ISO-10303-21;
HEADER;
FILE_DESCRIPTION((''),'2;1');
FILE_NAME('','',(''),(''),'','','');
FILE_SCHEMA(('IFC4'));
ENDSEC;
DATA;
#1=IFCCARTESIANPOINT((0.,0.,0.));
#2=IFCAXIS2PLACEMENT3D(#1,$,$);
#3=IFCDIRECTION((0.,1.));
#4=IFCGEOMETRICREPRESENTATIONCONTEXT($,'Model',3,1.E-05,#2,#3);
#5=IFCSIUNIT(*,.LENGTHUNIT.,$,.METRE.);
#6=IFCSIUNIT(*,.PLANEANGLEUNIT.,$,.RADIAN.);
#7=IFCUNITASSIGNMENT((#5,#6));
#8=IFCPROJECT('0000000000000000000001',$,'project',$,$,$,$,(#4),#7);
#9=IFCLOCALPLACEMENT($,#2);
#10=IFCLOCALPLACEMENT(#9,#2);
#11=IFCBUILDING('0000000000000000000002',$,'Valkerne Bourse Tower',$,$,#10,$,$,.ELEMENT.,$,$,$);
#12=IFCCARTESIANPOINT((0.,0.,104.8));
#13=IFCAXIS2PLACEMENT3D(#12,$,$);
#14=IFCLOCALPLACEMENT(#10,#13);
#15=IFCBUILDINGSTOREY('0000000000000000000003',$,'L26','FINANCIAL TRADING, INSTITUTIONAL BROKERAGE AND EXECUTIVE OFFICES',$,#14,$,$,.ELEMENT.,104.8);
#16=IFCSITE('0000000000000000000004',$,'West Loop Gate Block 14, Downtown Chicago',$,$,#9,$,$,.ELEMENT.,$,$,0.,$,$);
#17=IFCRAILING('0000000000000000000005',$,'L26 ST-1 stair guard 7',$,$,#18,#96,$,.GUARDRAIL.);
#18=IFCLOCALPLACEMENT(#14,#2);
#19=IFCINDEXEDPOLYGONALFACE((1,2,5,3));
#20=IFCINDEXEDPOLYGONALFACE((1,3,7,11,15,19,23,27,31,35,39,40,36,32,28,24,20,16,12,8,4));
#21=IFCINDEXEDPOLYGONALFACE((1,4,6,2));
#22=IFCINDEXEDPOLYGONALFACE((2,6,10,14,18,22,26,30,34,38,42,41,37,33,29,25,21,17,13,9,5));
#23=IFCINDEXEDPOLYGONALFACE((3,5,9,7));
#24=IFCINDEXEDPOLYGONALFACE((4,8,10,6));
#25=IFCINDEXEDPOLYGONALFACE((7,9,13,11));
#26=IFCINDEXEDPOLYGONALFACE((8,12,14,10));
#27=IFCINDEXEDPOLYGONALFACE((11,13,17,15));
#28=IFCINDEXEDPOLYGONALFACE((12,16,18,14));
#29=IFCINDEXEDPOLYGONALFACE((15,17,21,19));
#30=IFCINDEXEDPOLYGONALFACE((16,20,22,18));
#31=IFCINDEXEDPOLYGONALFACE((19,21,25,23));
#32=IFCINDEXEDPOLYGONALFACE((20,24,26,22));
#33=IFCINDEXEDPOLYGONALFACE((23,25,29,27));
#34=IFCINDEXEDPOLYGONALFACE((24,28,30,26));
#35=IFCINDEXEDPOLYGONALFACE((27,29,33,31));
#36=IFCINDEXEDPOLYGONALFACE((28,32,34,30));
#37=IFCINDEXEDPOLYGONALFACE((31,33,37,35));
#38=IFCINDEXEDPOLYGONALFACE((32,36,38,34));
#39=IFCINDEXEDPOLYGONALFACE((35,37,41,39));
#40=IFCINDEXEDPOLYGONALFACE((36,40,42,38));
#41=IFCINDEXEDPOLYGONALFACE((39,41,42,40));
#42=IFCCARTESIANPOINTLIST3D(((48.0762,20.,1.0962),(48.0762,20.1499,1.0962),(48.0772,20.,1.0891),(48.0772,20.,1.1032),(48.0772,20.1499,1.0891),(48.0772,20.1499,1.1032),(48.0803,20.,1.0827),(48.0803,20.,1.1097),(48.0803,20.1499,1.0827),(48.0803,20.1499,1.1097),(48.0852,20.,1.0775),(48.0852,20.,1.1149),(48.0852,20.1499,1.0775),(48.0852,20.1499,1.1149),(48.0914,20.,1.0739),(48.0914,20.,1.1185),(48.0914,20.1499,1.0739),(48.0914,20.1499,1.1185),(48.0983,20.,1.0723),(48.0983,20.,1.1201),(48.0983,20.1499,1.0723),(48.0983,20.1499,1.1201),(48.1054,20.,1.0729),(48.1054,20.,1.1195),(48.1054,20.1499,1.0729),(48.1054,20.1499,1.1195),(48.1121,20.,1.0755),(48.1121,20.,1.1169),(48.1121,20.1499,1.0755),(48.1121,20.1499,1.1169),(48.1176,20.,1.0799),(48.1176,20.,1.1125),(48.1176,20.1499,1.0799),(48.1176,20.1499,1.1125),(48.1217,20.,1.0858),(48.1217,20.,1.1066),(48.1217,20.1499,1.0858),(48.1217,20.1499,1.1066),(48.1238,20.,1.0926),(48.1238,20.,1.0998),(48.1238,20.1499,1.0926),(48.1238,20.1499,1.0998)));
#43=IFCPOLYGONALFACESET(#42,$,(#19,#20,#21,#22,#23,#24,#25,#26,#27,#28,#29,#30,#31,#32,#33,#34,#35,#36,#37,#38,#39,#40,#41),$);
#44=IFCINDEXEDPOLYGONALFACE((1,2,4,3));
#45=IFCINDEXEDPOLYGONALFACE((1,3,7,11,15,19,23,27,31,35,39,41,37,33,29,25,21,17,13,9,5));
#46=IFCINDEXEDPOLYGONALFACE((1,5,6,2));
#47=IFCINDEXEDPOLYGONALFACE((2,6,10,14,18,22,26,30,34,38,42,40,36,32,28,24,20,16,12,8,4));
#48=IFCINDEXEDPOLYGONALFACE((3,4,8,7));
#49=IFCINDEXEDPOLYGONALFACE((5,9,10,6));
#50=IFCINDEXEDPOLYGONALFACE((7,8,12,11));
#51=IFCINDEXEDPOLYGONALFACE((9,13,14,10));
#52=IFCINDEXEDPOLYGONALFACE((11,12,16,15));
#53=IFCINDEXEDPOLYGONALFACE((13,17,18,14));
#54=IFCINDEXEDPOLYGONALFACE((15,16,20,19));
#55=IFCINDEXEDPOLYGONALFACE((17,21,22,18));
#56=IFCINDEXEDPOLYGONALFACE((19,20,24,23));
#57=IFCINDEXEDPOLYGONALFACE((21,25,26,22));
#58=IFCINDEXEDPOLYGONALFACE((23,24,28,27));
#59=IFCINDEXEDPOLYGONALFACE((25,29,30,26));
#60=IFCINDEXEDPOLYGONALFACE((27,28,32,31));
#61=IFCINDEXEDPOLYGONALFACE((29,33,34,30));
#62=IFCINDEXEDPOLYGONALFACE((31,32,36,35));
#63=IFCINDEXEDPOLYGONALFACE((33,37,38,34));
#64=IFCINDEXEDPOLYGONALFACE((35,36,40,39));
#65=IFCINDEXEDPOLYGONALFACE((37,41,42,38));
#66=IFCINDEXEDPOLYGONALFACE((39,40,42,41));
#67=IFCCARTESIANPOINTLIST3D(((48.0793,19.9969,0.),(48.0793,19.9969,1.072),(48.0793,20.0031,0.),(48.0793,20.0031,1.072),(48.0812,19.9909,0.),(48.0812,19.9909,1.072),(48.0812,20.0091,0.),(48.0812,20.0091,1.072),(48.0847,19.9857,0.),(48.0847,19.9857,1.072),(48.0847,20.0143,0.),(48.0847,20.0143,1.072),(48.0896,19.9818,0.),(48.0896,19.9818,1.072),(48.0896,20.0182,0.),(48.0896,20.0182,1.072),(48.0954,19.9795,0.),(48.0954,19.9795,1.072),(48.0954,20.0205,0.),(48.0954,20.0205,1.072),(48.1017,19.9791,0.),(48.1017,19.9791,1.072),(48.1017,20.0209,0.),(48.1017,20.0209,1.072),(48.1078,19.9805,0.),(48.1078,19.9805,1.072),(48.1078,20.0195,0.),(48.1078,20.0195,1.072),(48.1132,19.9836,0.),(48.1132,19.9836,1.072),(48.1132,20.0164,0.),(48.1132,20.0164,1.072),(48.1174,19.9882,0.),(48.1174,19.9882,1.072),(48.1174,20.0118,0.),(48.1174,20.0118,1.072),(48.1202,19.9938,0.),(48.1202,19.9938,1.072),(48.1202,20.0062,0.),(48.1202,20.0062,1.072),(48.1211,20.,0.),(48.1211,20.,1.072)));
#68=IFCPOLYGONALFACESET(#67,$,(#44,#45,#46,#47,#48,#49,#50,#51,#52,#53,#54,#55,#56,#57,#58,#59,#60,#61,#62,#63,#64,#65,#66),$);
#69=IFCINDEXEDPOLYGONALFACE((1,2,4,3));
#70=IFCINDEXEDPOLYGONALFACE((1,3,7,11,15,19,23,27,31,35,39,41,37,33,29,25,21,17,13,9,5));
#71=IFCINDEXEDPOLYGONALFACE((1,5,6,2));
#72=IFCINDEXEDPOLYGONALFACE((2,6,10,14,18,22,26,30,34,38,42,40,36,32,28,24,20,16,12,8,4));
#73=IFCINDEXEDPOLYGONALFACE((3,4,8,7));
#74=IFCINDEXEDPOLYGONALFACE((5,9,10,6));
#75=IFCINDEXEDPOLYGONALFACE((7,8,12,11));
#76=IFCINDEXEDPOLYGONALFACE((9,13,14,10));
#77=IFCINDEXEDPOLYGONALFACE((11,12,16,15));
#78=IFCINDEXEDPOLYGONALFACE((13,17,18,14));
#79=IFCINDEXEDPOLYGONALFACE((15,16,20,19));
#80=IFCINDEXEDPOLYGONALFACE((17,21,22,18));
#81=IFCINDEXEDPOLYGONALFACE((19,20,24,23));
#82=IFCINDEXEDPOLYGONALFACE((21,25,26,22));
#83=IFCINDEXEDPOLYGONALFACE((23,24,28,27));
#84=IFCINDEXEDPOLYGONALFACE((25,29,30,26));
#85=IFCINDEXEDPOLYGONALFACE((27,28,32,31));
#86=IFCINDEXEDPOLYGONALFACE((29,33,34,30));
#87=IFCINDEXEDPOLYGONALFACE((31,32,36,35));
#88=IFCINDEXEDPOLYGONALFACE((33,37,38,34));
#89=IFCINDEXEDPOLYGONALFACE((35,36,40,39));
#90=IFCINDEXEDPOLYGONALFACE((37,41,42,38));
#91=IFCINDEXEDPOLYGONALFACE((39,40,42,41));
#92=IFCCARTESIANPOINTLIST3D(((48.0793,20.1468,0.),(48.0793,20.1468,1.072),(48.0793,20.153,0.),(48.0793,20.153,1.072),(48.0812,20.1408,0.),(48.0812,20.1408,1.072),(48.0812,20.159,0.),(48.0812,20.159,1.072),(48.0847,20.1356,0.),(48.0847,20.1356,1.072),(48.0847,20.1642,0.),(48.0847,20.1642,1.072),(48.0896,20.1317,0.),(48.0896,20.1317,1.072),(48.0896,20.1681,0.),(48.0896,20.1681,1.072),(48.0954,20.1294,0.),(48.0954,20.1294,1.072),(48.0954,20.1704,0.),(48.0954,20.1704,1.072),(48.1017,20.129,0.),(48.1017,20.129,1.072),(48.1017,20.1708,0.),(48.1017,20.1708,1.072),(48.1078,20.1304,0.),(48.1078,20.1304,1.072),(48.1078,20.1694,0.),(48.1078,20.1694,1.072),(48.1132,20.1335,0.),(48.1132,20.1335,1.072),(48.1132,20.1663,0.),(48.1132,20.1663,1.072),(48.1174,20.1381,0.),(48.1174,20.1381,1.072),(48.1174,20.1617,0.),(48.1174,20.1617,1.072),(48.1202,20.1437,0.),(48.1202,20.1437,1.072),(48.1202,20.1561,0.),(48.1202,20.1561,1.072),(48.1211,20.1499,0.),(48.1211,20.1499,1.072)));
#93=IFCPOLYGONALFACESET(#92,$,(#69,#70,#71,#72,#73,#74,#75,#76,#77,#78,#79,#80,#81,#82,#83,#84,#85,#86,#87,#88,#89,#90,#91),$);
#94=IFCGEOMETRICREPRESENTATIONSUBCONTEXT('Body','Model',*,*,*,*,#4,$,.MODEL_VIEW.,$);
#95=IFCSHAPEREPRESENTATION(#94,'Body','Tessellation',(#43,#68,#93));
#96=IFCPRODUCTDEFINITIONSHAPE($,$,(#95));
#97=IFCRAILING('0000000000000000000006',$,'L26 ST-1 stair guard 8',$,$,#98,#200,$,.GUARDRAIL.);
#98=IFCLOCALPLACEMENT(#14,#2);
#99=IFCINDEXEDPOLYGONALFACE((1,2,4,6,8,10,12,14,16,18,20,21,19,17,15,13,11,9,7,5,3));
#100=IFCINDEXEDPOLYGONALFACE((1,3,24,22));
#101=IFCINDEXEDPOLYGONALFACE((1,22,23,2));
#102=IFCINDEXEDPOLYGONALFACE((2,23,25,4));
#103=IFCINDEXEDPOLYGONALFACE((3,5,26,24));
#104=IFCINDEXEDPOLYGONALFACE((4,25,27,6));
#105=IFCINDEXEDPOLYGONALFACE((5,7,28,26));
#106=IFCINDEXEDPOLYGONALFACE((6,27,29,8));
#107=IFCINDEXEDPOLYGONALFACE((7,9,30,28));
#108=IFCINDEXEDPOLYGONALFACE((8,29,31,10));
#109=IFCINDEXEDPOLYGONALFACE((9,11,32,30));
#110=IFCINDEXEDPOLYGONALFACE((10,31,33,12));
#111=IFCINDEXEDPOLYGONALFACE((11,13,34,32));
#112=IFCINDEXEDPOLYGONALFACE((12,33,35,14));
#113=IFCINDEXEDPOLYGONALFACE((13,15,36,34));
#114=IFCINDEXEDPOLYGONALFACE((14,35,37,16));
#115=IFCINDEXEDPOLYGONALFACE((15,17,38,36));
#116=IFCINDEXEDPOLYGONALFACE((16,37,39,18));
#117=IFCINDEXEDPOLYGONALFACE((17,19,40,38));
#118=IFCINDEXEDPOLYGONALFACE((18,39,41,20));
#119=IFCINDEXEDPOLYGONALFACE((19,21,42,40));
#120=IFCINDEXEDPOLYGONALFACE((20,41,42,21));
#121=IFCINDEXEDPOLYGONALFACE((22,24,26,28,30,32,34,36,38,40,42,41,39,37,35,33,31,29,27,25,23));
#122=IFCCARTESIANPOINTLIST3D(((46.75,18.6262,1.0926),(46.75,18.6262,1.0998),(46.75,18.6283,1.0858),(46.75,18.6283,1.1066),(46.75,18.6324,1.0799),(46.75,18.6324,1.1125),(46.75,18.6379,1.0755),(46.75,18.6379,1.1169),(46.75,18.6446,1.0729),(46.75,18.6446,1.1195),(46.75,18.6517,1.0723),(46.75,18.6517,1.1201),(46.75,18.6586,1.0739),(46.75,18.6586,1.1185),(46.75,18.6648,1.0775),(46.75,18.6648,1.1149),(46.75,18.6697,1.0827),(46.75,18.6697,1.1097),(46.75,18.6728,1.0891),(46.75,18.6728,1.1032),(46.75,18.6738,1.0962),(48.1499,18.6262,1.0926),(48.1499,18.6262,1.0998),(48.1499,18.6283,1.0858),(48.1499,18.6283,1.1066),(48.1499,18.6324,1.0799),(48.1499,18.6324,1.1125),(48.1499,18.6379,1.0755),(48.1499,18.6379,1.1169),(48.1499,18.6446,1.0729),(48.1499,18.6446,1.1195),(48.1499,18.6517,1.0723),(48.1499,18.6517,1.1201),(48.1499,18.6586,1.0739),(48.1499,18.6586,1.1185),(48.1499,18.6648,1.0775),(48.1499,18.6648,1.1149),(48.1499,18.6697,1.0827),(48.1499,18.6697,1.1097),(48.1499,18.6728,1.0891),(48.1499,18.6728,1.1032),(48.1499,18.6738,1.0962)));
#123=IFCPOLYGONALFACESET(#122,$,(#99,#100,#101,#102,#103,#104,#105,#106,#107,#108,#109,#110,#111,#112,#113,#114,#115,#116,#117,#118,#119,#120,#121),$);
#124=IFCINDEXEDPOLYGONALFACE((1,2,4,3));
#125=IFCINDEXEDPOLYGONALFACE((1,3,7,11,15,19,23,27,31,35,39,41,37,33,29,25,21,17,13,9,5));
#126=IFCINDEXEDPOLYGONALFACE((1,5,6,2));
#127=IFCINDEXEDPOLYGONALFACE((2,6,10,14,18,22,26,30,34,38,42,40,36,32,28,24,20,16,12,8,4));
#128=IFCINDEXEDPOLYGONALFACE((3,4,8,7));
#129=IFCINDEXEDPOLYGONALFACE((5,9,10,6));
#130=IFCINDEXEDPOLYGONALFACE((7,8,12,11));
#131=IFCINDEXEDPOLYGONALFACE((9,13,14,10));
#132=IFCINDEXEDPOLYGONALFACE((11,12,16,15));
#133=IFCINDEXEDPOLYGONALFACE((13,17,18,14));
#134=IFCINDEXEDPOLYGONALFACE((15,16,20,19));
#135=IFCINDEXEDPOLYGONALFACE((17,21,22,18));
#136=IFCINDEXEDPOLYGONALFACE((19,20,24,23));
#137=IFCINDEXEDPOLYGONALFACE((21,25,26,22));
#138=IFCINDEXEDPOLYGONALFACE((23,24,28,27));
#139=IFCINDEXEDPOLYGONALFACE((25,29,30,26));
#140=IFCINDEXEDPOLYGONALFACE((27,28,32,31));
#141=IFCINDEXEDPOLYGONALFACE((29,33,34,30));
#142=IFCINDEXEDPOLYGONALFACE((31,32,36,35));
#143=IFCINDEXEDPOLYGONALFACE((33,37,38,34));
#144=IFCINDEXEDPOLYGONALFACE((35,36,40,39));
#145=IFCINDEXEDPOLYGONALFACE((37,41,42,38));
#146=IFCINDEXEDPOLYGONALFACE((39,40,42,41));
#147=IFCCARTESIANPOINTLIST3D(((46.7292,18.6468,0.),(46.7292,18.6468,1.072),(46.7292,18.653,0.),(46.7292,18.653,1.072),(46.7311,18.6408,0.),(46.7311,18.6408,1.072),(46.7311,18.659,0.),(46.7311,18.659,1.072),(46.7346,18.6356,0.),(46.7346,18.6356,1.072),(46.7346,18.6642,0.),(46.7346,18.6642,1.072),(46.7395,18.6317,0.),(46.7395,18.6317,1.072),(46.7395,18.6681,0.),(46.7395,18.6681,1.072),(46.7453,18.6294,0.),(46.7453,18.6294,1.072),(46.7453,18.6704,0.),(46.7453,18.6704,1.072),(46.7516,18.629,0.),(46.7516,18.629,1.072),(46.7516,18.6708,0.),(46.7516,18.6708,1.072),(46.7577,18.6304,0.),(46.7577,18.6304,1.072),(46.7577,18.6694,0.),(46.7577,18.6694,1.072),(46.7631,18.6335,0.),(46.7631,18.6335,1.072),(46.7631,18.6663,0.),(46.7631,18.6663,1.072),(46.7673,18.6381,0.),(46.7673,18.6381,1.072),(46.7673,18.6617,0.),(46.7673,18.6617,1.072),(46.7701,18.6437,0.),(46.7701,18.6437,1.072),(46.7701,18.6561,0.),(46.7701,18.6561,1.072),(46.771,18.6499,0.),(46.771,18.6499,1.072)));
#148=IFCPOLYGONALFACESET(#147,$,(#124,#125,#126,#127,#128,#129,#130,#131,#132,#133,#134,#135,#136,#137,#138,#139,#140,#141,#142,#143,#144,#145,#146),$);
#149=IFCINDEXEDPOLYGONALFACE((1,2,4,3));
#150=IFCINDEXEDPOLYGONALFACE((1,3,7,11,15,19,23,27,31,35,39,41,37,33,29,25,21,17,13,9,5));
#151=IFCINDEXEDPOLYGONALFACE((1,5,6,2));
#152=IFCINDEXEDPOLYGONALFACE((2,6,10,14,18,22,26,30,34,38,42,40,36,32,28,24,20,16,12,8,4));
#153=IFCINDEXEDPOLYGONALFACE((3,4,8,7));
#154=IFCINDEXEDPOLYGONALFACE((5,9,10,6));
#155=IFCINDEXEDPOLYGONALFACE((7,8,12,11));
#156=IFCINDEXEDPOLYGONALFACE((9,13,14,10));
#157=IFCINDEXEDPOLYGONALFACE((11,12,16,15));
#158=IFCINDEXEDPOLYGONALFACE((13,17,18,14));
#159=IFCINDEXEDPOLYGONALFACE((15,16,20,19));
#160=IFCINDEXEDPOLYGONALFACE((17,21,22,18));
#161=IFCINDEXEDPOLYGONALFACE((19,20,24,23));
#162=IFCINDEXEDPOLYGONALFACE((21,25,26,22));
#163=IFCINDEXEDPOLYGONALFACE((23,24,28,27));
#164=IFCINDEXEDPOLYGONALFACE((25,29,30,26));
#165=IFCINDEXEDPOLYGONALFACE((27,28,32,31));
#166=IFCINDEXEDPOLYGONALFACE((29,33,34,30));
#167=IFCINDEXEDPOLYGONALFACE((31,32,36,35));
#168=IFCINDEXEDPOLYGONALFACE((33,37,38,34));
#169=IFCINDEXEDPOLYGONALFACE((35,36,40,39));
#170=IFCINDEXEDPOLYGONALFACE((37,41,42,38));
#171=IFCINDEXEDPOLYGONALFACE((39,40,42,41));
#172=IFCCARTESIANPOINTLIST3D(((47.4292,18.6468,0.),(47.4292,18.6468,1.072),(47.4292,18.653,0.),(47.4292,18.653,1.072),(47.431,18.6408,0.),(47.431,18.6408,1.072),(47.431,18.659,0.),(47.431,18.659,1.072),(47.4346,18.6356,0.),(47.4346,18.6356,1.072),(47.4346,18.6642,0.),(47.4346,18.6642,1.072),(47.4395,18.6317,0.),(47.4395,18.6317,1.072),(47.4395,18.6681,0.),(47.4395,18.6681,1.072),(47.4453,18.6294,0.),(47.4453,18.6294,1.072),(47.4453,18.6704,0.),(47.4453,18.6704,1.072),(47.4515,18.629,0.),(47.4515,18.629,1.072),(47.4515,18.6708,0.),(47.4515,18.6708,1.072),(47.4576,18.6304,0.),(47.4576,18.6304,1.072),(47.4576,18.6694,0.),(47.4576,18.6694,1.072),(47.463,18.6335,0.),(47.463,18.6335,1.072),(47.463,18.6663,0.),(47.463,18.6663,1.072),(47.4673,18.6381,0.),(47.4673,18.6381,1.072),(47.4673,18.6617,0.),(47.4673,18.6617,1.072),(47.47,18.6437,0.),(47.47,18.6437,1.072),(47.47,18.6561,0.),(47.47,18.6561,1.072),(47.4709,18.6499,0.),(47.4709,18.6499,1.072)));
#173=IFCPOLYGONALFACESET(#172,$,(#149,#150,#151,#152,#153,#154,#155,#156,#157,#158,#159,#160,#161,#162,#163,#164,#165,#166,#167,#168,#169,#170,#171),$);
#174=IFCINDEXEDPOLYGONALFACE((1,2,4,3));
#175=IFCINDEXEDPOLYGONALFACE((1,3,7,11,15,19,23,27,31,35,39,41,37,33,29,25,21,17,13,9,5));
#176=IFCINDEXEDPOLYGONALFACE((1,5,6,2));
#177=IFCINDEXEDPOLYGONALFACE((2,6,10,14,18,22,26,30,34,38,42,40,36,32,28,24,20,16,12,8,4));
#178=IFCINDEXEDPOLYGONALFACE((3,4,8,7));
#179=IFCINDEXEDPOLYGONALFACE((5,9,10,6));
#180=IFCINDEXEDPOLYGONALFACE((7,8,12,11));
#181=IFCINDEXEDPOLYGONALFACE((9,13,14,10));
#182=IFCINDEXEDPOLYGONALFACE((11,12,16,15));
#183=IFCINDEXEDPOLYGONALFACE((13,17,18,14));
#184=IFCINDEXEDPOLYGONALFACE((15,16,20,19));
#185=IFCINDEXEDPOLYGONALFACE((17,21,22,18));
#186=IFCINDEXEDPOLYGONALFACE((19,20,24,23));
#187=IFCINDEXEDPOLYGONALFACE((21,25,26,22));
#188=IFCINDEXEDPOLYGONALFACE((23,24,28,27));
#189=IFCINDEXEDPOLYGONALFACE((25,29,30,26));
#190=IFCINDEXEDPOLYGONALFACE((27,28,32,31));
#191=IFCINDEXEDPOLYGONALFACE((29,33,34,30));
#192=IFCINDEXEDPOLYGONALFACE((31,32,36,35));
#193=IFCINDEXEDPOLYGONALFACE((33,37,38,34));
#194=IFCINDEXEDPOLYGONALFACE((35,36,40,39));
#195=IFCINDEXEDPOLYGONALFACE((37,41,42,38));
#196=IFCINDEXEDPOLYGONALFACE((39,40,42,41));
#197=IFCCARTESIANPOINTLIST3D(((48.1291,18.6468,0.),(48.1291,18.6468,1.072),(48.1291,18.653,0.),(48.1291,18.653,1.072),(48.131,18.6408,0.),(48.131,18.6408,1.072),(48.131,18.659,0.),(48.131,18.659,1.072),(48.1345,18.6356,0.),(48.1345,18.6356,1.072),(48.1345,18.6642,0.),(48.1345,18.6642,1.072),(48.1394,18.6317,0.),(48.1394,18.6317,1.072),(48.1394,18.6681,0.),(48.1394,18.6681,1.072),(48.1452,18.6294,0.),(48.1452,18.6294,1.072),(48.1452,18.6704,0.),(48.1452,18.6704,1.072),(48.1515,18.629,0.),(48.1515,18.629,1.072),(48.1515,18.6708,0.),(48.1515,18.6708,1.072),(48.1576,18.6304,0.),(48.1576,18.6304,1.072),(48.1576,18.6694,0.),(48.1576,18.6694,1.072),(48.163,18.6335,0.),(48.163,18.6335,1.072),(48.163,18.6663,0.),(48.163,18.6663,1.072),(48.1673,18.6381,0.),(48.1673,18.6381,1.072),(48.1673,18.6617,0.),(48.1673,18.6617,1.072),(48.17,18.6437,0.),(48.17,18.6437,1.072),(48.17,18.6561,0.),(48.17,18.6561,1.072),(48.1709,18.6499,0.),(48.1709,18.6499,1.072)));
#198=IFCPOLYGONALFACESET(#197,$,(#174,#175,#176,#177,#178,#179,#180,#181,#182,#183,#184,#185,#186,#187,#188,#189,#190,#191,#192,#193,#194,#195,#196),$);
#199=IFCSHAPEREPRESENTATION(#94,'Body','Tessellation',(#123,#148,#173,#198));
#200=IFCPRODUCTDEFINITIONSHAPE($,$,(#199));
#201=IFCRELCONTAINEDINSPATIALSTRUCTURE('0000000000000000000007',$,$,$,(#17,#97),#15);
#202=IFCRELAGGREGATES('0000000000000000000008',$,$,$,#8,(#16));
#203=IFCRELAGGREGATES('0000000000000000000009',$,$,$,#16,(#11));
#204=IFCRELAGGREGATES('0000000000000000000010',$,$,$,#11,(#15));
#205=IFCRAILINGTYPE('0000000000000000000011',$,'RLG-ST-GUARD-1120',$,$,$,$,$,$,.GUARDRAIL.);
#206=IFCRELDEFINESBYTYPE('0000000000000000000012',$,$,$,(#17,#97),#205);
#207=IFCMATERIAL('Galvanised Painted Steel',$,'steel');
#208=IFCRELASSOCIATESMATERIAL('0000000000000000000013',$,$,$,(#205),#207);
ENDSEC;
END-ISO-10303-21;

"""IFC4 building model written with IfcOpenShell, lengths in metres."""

from ifc_helpers import new_model, si_unit, direction, frame, origin, origin_2d, place, context, subcontext, project, spatial, circle, extrude, material, type_object, element, save


model = new_model("IFC4")

# Units and contexts
model_context = context("Model", 3, precision=1e-05, world=origin(), true_north=direction((0.0, 1.0)))
body_context = subcontext(model_context, "Body", "Model", "MODEL_VIEW")
ifc_project = project(units=[si_unit("LENGTHUNIT", "METRE"), si_unit("PLANEANGLEUNIT", "RADIAN")], contexts=[model_context])

# Site, building, storey
site_placement = place(None, origin())
site = spatial("IfcSite", under=ifc_project, at=site_placement, Name="West Loop Gate Block 14, Downtown Chicago", CompositionType="ELEMENT", RefElevation=0.0)
building_placement = place(site_placement, origin())
building = spatial("IfcBuilding", under=site, at=building_placement, Name="Valkerne Bourse Tower", CompositionType="ELEMENT")
storey_placement = place(building_placement, frame((0.0, 0.0, 104.8)))
storey = spatial("IfcBuildingStorey", under=building, at=storey_placement, Name="L26", Description="FINANCIAL TRADING, INSTITUTIONAL BROKERAGE AND EXECUTIVE OFFICES", CompositionType="ELEMENT", Elevation=104.8)

# Shared definitions
ifc_material_1 = material(Name="Galvanised Painted Steel", Category="steel")

# Railings
railing_type_1 = type_object("IfcRailingType", Name="RLG-ST-GUARD-1120", PredefinedType="GUARDRAIL", material=ifc_material_1)
railing_1_placement = place(storey_placement, frame((48.1001, 20.0, 0.0)))
element("IfcRailing", 1, at=railing_1_placement, inside=storey, type_object=railing_type_1, Name="L26 ST-1 stair guard 7", PredefinedType="GUARDRAIL", context=body_context, shape_type="SweptSolid", body=[
    extrude(circle(Radius=0.0239, at=origin_2d()), frame((0.0, 0.0, 1.0962), z_axis=(0.0, 1.0, 0.0), x_axis=(-1.0, 0.0, 0.0)), (0.0, 0.0, 1.0), 0.1499),
    extrude(circle(Radius=0.021, at=origin_2d()), origin(), (0.0, 0.0, 1.0), 1.072),
    extrude(circle(Radius=0.021, at=origin_2d()), frame((0.0, 0.1499, 0.0)), (0.0, 0.0, 1.0), 1.072),
])
for number, where, name in (
    (2, (46.75, 18.6499, 0.0), "L26 ST-1 stair guard 8"),
):
    element("IfcRailing", number, at=place(storey_placement, frame(where)), inside=storey, type_object=railing_type_1, Name=name, PredefinedType="GUARDRAIL", context=body_context, shape_type="SweptSolid", body=[
        extrude(circle(Radius=0.0239, at=origin_2d()), frame((0.0, 0.0, 1.0962), z_axis=(1.0, 0.0, 0.0), x_axis=(0.0, 1.0, 0.0)), (0.0, 0.0, 1.0), 1.3999),
        extrude(circle(Radius=0.021, at=origin_2d()), origin(), (0.0, 0.0, 1.0), 1.072),
        extrude(circle(Radius=0.021, at=origin_2d()), frame((0.7, 0.0, 0.0)), (0.0, 0.0, 1.0), 1.072),
        extrude(circle(Radius=0.021, at=origin_2d()), frame((1.3999, 0.0, 0.0)), (0.0, 0.0, 1.0), 1.072),
    ])

save(model, "model.ifc")
